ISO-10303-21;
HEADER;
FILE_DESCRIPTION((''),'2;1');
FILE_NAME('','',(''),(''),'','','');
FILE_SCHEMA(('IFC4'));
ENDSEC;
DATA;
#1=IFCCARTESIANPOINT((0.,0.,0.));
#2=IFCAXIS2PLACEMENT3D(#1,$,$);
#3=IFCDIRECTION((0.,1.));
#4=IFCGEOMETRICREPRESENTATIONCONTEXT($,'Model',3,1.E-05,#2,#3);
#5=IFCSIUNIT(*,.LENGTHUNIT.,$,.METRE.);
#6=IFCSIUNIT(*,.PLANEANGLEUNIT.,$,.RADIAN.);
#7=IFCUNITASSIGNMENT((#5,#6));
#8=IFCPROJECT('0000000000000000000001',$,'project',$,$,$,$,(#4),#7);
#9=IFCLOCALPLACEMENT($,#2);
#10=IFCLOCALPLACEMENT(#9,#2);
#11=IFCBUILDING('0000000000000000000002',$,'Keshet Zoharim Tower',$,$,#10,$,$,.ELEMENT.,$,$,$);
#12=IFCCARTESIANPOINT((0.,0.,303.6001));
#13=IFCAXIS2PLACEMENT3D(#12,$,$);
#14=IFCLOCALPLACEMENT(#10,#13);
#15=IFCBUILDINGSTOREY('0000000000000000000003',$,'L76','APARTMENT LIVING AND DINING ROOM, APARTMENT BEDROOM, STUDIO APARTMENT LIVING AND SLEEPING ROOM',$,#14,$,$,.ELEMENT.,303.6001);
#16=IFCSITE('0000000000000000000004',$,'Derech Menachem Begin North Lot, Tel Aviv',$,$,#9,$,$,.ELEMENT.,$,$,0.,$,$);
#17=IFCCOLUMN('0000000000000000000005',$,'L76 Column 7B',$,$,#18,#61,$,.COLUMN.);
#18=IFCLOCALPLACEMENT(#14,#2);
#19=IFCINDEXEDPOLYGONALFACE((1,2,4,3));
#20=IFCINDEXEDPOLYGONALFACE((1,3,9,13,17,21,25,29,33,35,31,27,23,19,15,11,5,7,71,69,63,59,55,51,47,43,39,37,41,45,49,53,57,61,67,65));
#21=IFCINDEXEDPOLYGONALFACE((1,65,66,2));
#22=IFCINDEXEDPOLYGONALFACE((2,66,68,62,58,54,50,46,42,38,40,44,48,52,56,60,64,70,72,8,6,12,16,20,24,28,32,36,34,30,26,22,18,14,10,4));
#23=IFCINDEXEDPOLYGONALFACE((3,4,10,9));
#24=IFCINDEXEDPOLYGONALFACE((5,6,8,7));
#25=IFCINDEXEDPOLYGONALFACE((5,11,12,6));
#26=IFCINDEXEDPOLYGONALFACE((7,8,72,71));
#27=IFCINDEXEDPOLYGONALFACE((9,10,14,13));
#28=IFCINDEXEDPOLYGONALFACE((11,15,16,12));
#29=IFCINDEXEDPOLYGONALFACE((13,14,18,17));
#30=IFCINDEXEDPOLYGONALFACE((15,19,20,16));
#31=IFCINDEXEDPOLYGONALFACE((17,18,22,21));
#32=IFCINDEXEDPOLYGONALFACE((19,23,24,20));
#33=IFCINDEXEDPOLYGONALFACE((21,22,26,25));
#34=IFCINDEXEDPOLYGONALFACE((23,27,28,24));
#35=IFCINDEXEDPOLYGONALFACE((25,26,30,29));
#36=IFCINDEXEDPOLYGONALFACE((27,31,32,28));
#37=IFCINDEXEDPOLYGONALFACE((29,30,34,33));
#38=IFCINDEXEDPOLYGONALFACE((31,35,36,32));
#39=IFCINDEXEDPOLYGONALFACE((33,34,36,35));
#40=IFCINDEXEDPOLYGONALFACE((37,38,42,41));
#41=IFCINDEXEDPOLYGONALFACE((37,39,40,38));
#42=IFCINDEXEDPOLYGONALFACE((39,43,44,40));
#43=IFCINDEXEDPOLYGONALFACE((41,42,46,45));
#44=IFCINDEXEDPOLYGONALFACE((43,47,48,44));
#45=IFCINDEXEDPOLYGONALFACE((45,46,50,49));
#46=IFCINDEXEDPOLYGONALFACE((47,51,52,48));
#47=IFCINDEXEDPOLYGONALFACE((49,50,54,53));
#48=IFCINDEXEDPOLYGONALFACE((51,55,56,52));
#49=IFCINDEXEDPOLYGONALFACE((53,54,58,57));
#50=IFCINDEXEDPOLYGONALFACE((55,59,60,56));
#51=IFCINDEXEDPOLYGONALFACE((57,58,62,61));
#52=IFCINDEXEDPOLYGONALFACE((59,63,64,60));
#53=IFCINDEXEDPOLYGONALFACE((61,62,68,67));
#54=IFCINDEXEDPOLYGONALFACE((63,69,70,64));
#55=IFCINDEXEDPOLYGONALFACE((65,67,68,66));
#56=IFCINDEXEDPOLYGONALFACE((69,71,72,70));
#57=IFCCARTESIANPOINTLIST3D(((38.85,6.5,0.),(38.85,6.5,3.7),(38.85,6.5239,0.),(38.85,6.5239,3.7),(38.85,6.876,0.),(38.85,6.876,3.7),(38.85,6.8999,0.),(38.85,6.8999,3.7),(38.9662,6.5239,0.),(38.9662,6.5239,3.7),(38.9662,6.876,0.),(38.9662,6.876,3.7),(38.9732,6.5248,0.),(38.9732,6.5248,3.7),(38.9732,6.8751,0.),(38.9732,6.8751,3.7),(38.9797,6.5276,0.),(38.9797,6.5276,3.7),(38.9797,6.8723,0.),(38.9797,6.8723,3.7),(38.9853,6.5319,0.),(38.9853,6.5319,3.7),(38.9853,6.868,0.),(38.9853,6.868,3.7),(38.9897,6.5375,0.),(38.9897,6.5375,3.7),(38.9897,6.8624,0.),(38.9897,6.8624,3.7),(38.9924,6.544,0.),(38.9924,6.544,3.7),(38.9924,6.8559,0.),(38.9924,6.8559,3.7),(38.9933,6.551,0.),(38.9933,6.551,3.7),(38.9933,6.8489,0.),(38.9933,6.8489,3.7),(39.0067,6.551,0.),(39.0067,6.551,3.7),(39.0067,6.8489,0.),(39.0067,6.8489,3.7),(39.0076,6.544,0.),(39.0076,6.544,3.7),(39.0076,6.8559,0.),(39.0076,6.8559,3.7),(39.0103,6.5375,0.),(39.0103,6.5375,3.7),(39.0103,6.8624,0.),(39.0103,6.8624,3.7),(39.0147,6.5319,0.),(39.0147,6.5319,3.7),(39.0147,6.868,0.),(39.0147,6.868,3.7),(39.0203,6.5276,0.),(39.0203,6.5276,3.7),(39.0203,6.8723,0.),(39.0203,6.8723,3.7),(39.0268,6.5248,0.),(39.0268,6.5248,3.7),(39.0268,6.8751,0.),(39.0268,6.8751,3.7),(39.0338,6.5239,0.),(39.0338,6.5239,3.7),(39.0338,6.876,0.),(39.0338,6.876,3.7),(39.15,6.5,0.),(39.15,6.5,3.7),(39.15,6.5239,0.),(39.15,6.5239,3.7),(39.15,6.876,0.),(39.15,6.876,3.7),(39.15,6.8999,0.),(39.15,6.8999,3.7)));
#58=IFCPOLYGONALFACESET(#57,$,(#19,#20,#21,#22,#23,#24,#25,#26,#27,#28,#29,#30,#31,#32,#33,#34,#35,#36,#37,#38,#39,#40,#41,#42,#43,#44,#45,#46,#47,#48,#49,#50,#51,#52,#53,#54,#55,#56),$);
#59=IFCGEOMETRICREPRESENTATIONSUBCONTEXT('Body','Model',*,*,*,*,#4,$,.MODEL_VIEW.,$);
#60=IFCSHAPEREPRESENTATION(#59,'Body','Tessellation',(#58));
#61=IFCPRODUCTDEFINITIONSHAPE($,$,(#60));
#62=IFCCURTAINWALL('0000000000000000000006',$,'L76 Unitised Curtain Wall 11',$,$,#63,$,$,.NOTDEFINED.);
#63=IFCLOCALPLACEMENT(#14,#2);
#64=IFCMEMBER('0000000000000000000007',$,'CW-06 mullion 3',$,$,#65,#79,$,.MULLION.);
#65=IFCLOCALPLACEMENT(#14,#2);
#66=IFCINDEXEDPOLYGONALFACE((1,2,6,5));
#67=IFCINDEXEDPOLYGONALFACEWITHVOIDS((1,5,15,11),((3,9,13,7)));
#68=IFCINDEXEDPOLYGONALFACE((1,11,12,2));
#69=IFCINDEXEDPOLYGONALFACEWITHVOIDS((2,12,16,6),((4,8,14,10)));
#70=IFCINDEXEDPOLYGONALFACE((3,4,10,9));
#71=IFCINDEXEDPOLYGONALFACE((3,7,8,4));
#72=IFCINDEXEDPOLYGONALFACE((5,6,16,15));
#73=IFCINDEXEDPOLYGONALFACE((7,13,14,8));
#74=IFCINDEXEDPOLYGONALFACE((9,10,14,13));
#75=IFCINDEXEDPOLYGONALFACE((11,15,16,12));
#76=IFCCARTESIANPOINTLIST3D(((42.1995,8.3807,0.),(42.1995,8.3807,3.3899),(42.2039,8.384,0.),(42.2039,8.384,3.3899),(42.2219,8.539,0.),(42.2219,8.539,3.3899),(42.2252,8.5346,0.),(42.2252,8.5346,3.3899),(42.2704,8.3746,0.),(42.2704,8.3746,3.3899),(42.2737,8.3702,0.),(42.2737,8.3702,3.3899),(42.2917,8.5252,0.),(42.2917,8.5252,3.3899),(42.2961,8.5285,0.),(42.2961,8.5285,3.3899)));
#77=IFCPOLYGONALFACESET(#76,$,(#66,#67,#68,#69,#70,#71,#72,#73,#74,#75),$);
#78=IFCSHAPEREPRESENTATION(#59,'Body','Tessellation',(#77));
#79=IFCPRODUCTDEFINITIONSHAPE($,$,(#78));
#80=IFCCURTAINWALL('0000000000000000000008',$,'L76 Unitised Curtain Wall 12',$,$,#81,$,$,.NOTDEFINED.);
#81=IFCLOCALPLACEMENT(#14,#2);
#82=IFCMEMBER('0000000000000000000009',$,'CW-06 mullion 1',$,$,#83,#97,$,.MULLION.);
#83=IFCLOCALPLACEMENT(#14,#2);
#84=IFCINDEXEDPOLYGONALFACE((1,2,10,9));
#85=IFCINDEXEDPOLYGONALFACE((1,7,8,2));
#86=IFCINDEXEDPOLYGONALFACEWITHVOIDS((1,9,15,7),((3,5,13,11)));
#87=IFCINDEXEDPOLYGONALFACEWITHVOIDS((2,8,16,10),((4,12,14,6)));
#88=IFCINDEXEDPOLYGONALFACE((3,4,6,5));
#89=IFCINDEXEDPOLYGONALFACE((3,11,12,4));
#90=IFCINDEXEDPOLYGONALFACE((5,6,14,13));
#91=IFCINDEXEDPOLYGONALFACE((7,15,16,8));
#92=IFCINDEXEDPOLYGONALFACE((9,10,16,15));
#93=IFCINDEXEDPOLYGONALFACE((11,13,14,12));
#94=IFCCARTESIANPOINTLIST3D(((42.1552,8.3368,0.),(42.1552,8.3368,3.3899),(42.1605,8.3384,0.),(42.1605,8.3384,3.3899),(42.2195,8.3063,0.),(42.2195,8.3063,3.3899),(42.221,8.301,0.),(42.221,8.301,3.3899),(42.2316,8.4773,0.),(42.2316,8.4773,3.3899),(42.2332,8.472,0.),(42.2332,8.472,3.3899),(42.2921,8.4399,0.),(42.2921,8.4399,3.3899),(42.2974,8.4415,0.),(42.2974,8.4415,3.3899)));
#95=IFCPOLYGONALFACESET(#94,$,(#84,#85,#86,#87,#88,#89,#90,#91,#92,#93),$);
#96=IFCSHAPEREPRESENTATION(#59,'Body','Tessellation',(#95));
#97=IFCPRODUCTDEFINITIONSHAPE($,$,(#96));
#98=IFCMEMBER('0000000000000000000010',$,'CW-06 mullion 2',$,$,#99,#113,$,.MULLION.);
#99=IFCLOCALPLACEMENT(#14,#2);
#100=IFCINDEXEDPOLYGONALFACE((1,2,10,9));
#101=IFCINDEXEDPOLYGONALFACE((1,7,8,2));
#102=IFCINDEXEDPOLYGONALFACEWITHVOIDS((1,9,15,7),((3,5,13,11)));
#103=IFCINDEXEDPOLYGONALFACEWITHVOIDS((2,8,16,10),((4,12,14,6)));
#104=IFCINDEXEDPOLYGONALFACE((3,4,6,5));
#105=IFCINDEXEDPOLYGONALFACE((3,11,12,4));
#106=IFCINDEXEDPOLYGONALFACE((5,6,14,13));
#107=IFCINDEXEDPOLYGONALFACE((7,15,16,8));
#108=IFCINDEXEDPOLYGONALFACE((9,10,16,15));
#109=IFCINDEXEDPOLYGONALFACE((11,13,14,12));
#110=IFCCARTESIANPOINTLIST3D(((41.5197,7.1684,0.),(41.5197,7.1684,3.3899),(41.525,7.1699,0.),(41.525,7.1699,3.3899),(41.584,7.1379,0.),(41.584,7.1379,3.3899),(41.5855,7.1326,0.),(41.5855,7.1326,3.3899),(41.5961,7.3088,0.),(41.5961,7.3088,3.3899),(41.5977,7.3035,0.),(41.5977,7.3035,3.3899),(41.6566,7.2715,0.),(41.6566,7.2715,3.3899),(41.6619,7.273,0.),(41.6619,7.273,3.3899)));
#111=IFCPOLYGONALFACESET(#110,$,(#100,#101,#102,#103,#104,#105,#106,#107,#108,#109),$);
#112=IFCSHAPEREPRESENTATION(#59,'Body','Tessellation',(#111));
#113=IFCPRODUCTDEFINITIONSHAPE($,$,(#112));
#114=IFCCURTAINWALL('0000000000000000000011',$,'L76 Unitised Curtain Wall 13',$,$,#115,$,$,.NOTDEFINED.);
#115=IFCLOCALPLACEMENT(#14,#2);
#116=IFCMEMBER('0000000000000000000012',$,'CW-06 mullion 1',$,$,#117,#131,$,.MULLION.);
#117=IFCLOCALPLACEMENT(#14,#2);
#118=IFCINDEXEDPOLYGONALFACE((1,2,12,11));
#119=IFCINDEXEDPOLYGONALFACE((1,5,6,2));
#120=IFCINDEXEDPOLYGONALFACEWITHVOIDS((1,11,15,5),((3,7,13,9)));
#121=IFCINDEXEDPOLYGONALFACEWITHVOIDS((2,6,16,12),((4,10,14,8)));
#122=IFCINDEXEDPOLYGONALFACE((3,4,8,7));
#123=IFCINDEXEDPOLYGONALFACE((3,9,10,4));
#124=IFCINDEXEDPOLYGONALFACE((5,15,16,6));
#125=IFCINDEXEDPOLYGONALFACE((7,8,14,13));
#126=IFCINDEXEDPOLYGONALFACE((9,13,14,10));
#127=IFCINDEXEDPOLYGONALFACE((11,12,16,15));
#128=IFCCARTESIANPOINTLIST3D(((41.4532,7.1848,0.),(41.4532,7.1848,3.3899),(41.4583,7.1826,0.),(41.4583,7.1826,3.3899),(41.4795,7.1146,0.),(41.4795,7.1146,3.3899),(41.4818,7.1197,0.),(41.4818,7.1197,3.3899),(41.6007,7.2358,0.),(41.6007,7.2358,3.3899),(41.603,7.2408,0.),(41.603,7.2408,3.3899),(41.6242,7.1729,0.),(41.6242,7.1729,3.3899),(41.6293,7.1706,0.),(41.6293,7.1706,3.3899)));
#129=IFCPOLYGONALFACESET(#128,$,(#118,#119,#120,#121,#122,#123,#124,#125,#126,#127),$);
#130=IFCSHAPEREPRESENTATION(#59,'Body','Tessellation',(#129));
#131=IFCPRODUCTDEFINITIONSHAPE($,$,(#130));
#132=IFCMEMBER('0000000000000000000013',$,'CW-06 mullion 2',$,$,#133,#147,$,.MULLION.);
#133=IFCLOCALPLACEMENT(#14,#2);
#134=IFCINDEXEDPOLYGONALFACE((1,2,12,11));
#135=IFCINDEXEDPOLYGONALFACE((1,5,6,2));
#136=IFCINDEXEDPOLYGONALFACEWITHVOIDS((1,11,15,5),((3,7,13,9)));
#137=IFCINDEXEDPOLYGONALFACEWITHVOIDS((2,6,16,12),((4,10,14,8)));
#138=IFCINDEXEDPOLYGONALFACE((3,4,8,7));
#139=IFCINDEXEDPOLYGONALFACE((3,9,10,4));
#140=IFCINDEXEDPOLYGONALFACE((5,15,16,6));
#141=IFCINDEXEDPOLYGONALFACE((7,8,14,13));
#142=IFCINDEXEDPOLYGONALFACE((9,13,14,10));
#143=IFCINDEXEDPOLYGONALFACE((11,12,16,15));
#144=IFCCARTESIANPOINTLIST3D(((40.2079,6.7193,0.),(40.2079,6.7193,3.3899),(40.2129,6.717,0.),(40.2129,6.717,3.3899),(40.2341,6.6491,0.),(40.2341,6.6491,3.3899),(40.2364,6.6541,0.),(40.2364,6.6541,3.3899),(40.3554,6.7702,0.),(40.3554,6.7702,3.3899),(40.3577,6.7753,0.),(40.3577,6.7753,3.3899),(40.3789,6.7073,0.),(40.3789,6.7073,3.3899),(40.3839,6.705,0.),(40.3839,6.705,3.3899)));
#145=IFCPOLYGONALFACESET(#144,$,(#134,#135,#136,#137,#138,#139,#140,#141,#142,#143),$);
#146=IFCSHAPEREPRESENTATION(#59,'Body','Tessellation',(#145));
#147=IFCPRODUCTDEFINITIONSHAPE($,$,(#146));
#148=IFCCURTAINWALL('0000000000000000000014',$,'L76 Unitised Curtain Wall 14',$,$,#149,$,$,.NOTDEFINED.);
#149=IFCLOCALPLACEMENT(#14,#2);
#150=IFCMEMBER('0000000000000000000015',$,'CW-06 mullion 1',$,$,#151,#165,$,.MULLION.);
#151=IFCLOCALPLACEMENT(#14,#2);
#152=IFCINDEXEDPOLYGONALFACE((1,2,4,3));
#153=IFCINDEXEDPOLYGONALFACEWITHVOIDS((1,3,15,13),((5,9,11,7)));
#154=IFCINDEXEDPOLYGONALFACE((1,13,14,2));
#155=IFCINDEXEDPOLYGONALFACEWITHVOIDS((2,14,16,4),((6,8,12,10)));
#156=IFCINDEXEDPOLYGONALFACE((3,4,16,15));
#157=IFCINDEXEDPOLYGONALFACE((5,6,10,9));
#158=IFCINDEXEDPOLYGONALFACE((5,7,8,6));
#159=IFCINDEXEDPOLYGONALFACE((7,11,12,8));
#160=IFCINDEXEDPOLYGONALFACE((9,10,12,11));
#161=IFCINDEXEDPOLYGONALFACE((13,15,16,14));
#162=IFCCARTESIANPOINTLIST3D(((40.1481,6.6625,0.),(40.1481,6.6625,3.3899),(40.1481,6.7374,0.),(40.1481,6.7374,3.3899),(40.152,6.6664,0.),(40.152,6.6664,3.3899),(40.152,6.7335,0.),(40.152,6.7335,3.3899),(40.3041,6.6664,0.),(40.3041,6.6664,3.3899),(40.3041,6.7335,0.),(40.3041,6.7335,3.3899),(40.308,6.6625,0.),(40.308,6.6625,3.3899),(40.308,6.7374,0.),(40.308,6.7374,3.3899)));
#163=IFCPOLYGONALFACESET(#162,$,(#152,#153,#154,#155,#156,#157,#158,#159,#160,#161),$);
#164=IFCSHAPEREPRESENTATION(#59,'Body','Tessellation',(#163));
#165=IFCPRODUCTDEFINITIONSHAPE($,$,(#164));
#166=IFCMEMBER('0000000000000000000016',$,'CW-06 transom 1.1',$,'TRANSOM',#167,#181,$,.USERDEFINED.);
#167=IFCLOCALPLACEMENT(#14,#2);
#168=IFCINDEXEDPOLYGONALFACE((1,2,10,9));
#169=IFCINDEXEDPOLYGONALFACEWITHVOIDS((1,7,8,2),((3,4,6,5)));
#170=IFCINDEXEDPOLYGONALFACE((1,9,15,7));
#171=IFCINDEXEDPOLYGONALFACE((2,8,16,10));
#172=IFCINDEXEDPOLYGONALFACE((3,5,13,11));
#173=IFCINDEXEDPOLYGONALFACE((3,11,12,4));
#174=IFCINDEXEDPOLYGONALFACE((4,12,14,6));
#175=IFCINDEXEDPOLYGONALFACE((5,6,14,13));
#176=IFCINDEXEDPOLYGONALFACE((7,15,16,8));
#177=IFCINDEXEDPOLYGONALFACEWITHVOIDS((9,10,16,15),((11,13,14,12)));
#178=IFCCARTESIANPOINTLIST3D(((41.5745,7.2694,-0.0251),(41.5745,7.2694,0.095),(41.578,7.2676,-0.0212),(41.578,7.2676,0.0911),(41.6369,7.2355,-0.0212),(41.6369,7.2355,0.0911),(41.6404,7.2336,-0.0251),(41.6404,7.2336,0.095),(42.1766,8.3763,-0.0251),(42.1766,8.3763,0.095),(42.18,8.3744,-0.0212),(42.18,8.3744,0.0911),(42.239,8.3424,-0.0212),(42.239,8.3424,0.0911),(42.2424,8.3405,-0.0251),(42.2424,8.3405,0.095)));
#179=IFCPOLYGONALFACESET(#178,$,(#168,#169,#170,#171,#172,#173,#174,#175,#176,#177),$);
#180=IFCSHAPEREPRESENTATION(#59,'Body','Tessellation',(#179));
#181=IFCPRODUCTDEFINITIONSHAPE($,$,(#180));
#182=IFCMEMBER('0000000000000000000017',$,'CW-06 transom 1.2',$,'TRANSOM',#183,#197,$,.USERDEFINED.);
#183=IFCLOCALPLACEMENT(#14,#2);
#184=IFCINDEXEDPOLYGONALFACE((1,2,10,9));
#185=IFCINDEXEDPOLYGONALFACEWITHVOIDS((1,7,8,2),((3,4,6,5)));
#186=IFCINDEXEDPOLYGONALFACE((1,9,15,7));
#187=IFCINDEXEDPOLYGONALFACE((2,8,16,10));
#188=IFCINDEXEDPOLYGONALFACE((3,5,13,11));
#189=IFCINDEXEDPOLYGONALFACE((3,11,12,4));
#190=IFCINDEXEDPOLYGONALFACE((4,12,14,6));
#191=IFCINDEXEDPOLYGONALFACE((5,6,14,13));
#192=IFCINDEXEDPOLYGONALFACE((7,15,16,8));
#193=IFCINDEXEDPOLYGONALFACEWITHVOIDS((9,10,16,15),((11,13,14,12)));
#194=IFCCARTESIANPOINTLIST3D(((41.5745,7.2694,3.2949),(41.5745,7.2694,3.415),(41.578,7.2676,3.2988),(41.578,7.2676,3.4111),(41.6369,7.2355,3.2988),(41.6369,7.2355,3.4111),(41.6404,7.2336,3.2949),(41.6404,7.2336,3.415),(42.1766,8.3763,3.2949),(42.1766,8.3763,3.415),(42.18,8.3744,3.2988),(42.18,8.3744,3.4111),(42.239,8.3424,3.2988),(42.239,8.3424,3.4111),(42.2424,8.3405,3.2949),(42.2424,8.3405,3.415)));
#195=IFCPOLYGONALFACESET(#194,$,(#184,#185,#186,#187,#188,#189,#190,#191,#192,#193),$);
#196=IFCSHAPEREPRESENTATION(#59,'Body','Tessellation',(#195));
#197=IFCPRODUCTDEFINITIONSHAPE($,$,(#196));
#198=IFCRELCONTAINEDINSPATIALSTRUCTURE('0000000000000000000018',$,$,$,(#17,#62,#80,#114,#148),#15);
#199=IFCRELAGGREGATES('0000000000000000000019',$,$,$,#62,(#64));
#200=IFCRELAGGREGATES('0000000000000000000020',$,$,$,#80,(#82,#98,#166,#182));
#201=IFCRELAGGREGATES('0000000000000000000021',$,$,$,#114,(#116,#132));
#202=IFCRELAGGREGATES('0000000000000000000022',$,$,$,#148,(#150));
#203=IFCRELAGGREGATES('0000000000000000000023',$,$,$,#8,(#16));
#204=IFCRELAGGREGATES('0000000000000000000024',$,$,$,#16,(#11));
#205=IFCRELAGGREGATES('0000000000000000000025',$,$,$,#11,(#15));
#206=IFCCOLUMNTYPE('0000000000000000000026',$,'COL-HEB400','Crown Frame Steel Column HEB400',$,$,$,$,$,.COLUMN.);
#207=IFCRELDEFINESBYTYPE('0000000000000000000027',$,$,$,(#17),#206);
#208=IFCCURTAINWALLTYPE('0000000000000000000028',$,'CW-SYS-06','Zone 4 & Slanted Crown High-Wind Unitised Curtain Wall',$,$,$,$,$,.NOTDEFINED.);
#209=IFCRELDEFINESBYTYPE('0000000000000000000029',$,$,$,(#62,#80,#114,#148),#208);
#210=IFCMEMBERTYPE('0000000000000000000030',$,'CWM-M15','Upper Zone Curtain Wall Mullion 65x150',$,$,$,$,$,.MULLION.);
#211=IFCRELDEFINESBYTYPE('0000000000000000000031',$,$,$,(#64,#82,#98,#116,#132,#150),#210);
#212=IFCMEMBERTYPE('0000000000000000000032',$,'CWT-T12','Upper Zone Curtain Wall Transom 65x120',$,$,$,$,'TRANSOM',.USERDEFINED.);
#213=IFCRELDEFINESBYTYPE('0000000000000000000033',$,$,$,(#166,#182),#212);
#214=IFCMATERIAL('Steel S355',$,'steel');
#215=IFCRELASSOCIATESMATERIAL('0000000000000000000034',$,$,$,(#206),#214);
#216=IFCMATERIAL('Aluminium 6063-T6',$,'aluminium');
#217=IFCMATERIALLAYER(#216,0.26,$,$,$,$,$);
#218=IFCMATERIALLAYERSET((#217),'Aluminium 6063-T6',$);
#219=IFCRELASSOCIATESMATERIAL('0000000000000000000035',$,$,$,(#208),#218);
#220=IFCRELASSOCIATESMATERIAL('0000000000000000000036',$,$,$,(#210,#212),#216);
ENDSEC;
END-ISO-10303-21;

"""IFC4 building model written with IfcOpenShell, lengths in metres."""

from ifc_helpers import new_model, si_unit, direction, frame, origin, origin_2d, place, context, subcontext, project, spatial, hollow_rectangle, i_section, extrude, material, layer, layer_set, material_profile, profile_set, type_object, element, aggregate, save


model = new_model("IFC4")

# Units and contexts
model_context = context("Model", 3, precision=1e-05, world=origin(), true_north=direction((0.0, 1.0)))
body_context = subcontext(model_context, "Body", "Model", "MODEL_VIEW")
ifc_project = project(units=[si_unit("LENGTHUNIT", "METRE"), si_unit("PLANEANGLEUNIT", "RADIAN")], contexts=[model_context])

# Site, building, storey
site_placement = place(None, origin())
site = spatial("IfcSite", under=ifc_project, at=site_placement, Name="Derech Menachem Begin North Lot, Tel Aviv", CompositionType="ELEMENT", RefElevation=0.0)
building_placement = place(site_placement, origin())
building = spatial("IfcBuilding", under=site, at=building_placement, Name="Keshet Zoharim Tower", CompositionType="ELEMENT")
storey_placement = place(building_placement, frame((0.0, 0.0, 303.6001)))
storey = spatial("IfcBuildingStorey", under=building, at=storey_placement, Name="L76", Description="APARTMENT LIVING AND DINING ROOM, APARTMENT BEDROOM, STUDIO APARTMENT LIVING AND SLEEPING ROOM", CompositionType="ELEMENT", Elevation=303.6001)

# Column
ifc_material_1 = material(Name="Steel S355", Category="steel")
ifc_material_profile_1 = material_profile(ifc_material_1, i_section(OverallWidth=0.3, OverallDepth=0.3999, WebThickness=0.0134, FlangeThickness=0.0239, FilletRadius=0.0271, at=origin_2d()), Name="HEB400")
ifc_profile_set_1 = profile_set([ifc_material_profile_1], Name="Steel S355")
column_type = type_object("IfcColumnType", Name="COL-HEB400", Description="Crown Frame Steel Column HEB400", PredefinedType="COLUMN", material=ifc_profile_set_1)
column_placement = place(storey_placement, frame((39.0, 6.7, 0.0), z_axis=(0.0, 0.0, 1.0), x_axis=(1.0, 0.0, 0.0)))
element("IfcColumn", 1, at=column_placement, inside=storey, type_object=column_type, Name="L76 Column 7B", PredefinedType="COLUMN", context=body_context, shape_type="SweptSolid", body=[
    extrude(i_section(OverallWidth=0.3, OverallDepth=0.3999, WebThickness=0.0134, FlangeThickness=0.0239, FilletRadius=0.0271, at=origin_2d()), origin(), (0.0, 0.0, 1.0), 3.7),
])

# Curtain wall, member
ifc_material_2 = material(Name="Aluminium 6063-T6", Category="aluminium")
ifc_layer_1 = layer(ifc_material_2, 0.26)
ifc_layer_set_1 = layer_set([ifc_layer_1], Name="Aluminium 6063-T6")
curtain_wall_type = type_object("IfcCurtainWallType", Name="CW-SYS-06", Description="Zone 4 & Slanted Crown High-Wind Unitised Curtain Wall", PredefinedType="NOTDEFINED", material=ifc_layer_set_1)
curtain_wall_1_placement = place(storey_placement, origin())
curtain_wall_1 = element("IfcCurtainWall", 2, at=curtain_wall_1_placement, inside=storey, type_object=curtain_wall_type, Name="L76 Unitised Curtain Wall 11", PredefinedType="NOTDEFINED")
ifc_material_profile_2 = material_profile(ifc_material_2, hollow_rectangle(XDim=0.075, YDim=0.1599, WallThickness=0.0039, at=origin_2d()), Name="MUL-75x160")
ifc_profile_set_2 = profile_set([ifc_material_profile_2], Name="Aluminium 6063-T6")
member_type_1 = type_object("IfcMemberType", Name="CWM-M15", Description="Upper Zone Curtain Wall Mullion 65x150", PredefinedType="MULLION", material=ifc_profile_set_2)
member_1_placement = place(storey_placement, frame((42.2478, 8.4546, 0.0), z_axis=(0.0, 0.0, 1.0), x_axis=(0.990132, -0.140137, 0.0)))
member_1 = element("IfcMember", 3, at=member_1_placement, type_object=member_type_1, Name="CW-06 mullion 3", PredefinedType="MULLION", context=body_context, shape_type="SweptSolid", body=[
    extrude(hollow_rectangle(XDim=0.075, YDim=0.1599, WallThickness=0.0039, at=origin_2d()), origin(), (0.0, 0.0, 1.0), 3.3899),
])

# Curtain walls, members
curtain_wall_2_placement = place(storey_placement, origin())
curtain_wall_2 = element("IfcCurtainWall", 4, at=curtain_wall_2_placement, inside=storey, type_object=curtain_wall_type, Name="L76 Unitised Curtain Wall 12", PredefinedType="NOTDEFINED")
member_2_placement = place(storey_placement, frame((42.2263, 8.3892, 0.0), z_axis=(0.0, 0.0, 1.0), x_axis=(0.878468, -0.477801, 0.0)))
member_2 = element("IfcMember", 5, at=member_2_placement, type_object=member_type_1, Name="CW-06 mullion 1", PredefinedType="MULLION", context=body_context, shape_type="SweptSolid", body=[
    extrude(hollow_rectangle(XDim=0.075, YDim=0.1599, WallThickness=0.0039, at=origin_2d()), origin(), (0.0, 0.0, 1.0), 3.3899),
])
member_3_placement = place(storey_placement, frame((41.5908, 7.2207, 0.0), z_axis=(0.0, 0.0, 1.0), x_axis=(0.878468, -0.477801, 0.0)))
member_3 = element("IfcMember", 6, at=member_3_placement, type_object=member_type_1, Name="CW-06 mullion 2", PredefinedType="MULLION", context=body_context, shape_type="SweptSolid", body=[
    extrude(hollow_rectangle(XDim=0.075, YDim=0.1599, WallThickness=0.0039, at=origin_2d()), origin(), (0.0, 0.0, 1.0), 3.3899),
])
curtain_wall_3_placement = place(storey_placement, origin())
curtain_wall_3 = element("IfcCurtainWall", 7, at=curtain_wall_3_placement, inside=storey, type_object=curtain_wall_type, Name="L76 Unitised Curtain Wall 13", PredefinedType="NOTDEFINED")
member_4_placement = place(storey_placement, frame((41.5413, 7.1777, 0.0), z_axis=(0.0, 0.0, 1.0), x_axis=(0.350105, -0.93671, 0.0)))
member_4 = element("IfcMember", 8, at=member_4_placement, type_object=member_type_1, Name="CW-06 mullion 1", PredefinedType="MULLION", context=body_context, shape_type="SweptSolid", body=[
    extrude(hollow_rectangle(XDim=0.075, YDim=0.1599, WallThickness=0.0039, at=origin_2d()), origin(), (0.0, 0.0, 1.0), 3.3899),
])
member_5_placement = place(storey_placement, frame((40.2959, 6.7122, 0.0), z_axis=(0.0, 0.0, 1.0), x_axis=(0.350105, -0.93671, 0.0)))
member_5 = element("IfcMember", 9, at=member_5_placement, type_object=member_type_1, Name="CW-06 mullion 2", PredefinedType="MULLION", context=body_context, shape_type="SweptSolid", body=[
    extrude(hollow_rectangle(XDim=0.075, YDim=0.1599, WallThickness=0.0039, at=origin_2d()), origin(), (0.0, 0.0, 1.0), 3.3899),
])

# Curtain wall, member
curtain_wall_4_placement = place(storey_placement, origin())
curtain_wall_4 = element("IfcCurtainWall", 10, at=curtain_wall_4_placement, inside=storey, type_object=curtain_wall_type, Name="L76 Unitised Curtain Wall 14", PredefinedType="NOTDEFINED")
member_6_placement = place(storey_placement, frame((40.228, 6.7, 0.0), z_axis=(0.0, 0.0, 1.0), x_axis=(0.0, -1.0, 0.0)))
member_6 = element("IfcMember", 11, at=member_6_placement, type_object=member_type_1, Name="CW-06 mullion 1", PredefinedType="MULLION", context=body_context, shape_type="SweptSolid", body=[
    extrude(hollow_rectangle(XDim=0.075, YDim=0.1599, WallThickness=0.0039, at=origin_2d()), origin(), (0.0, 0.0, 1.0), 3.3899),
])

# Members
ifc_material_profile_3 = material_profile(ifc_material_2, hollow_rectangle(XDim=0.075, YDim=0.1201, WallThickness=0.0039, at=origin_2d()), Name="TRN-75x120")
ifc_profile_set_3 = profile_set([ifc_material_profile_3], Name="Aluminium 6063-T6")
member_type_2 = type_object("IfcMemberType", Name="CWT-T12", Description="Upper Zone Curtain Wall Transom 65x120", ElementType="TRANSOM", PredefinedType="USERDEFINED", material=ifc_profile_set_3)
member_7_placement = place(storey_placement, frame((42.2095, 8.3584, 0.0349), z_axis=(-0.477793, -0.878472, 0.0), x_axis=(0.878472, -0.477793, 0.0)))
member_7 = element("IfcMember", 12, at=member_7_placement, type_object=member_type_2, Name="CW-06 transom 1.1", ObjectType="TRANSOM", PredefinedType="USERDEFINED", context=body_context, shape_type="SweptSolid", body=[
    extrude(hollow_rectangle(XDim=0.075, YDim=0.1201, WallThickness=0.0039, at=origin_2d()), origin(), (0.0, 0.0, 1.0), 1.26),
])
member_8_placement = place(storey_placement, frame((42.2095, 8.3584, 3.355), z_axis=(-0.477793, -0.878472, 0.0), x_axis=(0.878472, -0.477793, 0.0)))
member_8 = element("IfcMember", 13, at=member_8_placement, type_object=member_type_2, Name="CW-06 transom 1.2", ObjectType="TRANSOM", PredefinedType="USERDEFINED", context=body_context, shape_type="SweptSolid", body=[
    extrude(hollow_rectangle(XDim=0.075, YDim=0.1201, WallThickness=0.0039, at=origin_2d()), origin(), (0.0, 0.0, 1.0), 1.26),
])

aggregate(curtain_wall_1, [member_1])
aggregate(curtain_wall_2, [member_2, member_3, member_7, member_8])
aggregate(curtain_wall_3, [member_4, member_5])
aggregate(curtain_wall_4, [member_6])

save(model, "model.ifc")
